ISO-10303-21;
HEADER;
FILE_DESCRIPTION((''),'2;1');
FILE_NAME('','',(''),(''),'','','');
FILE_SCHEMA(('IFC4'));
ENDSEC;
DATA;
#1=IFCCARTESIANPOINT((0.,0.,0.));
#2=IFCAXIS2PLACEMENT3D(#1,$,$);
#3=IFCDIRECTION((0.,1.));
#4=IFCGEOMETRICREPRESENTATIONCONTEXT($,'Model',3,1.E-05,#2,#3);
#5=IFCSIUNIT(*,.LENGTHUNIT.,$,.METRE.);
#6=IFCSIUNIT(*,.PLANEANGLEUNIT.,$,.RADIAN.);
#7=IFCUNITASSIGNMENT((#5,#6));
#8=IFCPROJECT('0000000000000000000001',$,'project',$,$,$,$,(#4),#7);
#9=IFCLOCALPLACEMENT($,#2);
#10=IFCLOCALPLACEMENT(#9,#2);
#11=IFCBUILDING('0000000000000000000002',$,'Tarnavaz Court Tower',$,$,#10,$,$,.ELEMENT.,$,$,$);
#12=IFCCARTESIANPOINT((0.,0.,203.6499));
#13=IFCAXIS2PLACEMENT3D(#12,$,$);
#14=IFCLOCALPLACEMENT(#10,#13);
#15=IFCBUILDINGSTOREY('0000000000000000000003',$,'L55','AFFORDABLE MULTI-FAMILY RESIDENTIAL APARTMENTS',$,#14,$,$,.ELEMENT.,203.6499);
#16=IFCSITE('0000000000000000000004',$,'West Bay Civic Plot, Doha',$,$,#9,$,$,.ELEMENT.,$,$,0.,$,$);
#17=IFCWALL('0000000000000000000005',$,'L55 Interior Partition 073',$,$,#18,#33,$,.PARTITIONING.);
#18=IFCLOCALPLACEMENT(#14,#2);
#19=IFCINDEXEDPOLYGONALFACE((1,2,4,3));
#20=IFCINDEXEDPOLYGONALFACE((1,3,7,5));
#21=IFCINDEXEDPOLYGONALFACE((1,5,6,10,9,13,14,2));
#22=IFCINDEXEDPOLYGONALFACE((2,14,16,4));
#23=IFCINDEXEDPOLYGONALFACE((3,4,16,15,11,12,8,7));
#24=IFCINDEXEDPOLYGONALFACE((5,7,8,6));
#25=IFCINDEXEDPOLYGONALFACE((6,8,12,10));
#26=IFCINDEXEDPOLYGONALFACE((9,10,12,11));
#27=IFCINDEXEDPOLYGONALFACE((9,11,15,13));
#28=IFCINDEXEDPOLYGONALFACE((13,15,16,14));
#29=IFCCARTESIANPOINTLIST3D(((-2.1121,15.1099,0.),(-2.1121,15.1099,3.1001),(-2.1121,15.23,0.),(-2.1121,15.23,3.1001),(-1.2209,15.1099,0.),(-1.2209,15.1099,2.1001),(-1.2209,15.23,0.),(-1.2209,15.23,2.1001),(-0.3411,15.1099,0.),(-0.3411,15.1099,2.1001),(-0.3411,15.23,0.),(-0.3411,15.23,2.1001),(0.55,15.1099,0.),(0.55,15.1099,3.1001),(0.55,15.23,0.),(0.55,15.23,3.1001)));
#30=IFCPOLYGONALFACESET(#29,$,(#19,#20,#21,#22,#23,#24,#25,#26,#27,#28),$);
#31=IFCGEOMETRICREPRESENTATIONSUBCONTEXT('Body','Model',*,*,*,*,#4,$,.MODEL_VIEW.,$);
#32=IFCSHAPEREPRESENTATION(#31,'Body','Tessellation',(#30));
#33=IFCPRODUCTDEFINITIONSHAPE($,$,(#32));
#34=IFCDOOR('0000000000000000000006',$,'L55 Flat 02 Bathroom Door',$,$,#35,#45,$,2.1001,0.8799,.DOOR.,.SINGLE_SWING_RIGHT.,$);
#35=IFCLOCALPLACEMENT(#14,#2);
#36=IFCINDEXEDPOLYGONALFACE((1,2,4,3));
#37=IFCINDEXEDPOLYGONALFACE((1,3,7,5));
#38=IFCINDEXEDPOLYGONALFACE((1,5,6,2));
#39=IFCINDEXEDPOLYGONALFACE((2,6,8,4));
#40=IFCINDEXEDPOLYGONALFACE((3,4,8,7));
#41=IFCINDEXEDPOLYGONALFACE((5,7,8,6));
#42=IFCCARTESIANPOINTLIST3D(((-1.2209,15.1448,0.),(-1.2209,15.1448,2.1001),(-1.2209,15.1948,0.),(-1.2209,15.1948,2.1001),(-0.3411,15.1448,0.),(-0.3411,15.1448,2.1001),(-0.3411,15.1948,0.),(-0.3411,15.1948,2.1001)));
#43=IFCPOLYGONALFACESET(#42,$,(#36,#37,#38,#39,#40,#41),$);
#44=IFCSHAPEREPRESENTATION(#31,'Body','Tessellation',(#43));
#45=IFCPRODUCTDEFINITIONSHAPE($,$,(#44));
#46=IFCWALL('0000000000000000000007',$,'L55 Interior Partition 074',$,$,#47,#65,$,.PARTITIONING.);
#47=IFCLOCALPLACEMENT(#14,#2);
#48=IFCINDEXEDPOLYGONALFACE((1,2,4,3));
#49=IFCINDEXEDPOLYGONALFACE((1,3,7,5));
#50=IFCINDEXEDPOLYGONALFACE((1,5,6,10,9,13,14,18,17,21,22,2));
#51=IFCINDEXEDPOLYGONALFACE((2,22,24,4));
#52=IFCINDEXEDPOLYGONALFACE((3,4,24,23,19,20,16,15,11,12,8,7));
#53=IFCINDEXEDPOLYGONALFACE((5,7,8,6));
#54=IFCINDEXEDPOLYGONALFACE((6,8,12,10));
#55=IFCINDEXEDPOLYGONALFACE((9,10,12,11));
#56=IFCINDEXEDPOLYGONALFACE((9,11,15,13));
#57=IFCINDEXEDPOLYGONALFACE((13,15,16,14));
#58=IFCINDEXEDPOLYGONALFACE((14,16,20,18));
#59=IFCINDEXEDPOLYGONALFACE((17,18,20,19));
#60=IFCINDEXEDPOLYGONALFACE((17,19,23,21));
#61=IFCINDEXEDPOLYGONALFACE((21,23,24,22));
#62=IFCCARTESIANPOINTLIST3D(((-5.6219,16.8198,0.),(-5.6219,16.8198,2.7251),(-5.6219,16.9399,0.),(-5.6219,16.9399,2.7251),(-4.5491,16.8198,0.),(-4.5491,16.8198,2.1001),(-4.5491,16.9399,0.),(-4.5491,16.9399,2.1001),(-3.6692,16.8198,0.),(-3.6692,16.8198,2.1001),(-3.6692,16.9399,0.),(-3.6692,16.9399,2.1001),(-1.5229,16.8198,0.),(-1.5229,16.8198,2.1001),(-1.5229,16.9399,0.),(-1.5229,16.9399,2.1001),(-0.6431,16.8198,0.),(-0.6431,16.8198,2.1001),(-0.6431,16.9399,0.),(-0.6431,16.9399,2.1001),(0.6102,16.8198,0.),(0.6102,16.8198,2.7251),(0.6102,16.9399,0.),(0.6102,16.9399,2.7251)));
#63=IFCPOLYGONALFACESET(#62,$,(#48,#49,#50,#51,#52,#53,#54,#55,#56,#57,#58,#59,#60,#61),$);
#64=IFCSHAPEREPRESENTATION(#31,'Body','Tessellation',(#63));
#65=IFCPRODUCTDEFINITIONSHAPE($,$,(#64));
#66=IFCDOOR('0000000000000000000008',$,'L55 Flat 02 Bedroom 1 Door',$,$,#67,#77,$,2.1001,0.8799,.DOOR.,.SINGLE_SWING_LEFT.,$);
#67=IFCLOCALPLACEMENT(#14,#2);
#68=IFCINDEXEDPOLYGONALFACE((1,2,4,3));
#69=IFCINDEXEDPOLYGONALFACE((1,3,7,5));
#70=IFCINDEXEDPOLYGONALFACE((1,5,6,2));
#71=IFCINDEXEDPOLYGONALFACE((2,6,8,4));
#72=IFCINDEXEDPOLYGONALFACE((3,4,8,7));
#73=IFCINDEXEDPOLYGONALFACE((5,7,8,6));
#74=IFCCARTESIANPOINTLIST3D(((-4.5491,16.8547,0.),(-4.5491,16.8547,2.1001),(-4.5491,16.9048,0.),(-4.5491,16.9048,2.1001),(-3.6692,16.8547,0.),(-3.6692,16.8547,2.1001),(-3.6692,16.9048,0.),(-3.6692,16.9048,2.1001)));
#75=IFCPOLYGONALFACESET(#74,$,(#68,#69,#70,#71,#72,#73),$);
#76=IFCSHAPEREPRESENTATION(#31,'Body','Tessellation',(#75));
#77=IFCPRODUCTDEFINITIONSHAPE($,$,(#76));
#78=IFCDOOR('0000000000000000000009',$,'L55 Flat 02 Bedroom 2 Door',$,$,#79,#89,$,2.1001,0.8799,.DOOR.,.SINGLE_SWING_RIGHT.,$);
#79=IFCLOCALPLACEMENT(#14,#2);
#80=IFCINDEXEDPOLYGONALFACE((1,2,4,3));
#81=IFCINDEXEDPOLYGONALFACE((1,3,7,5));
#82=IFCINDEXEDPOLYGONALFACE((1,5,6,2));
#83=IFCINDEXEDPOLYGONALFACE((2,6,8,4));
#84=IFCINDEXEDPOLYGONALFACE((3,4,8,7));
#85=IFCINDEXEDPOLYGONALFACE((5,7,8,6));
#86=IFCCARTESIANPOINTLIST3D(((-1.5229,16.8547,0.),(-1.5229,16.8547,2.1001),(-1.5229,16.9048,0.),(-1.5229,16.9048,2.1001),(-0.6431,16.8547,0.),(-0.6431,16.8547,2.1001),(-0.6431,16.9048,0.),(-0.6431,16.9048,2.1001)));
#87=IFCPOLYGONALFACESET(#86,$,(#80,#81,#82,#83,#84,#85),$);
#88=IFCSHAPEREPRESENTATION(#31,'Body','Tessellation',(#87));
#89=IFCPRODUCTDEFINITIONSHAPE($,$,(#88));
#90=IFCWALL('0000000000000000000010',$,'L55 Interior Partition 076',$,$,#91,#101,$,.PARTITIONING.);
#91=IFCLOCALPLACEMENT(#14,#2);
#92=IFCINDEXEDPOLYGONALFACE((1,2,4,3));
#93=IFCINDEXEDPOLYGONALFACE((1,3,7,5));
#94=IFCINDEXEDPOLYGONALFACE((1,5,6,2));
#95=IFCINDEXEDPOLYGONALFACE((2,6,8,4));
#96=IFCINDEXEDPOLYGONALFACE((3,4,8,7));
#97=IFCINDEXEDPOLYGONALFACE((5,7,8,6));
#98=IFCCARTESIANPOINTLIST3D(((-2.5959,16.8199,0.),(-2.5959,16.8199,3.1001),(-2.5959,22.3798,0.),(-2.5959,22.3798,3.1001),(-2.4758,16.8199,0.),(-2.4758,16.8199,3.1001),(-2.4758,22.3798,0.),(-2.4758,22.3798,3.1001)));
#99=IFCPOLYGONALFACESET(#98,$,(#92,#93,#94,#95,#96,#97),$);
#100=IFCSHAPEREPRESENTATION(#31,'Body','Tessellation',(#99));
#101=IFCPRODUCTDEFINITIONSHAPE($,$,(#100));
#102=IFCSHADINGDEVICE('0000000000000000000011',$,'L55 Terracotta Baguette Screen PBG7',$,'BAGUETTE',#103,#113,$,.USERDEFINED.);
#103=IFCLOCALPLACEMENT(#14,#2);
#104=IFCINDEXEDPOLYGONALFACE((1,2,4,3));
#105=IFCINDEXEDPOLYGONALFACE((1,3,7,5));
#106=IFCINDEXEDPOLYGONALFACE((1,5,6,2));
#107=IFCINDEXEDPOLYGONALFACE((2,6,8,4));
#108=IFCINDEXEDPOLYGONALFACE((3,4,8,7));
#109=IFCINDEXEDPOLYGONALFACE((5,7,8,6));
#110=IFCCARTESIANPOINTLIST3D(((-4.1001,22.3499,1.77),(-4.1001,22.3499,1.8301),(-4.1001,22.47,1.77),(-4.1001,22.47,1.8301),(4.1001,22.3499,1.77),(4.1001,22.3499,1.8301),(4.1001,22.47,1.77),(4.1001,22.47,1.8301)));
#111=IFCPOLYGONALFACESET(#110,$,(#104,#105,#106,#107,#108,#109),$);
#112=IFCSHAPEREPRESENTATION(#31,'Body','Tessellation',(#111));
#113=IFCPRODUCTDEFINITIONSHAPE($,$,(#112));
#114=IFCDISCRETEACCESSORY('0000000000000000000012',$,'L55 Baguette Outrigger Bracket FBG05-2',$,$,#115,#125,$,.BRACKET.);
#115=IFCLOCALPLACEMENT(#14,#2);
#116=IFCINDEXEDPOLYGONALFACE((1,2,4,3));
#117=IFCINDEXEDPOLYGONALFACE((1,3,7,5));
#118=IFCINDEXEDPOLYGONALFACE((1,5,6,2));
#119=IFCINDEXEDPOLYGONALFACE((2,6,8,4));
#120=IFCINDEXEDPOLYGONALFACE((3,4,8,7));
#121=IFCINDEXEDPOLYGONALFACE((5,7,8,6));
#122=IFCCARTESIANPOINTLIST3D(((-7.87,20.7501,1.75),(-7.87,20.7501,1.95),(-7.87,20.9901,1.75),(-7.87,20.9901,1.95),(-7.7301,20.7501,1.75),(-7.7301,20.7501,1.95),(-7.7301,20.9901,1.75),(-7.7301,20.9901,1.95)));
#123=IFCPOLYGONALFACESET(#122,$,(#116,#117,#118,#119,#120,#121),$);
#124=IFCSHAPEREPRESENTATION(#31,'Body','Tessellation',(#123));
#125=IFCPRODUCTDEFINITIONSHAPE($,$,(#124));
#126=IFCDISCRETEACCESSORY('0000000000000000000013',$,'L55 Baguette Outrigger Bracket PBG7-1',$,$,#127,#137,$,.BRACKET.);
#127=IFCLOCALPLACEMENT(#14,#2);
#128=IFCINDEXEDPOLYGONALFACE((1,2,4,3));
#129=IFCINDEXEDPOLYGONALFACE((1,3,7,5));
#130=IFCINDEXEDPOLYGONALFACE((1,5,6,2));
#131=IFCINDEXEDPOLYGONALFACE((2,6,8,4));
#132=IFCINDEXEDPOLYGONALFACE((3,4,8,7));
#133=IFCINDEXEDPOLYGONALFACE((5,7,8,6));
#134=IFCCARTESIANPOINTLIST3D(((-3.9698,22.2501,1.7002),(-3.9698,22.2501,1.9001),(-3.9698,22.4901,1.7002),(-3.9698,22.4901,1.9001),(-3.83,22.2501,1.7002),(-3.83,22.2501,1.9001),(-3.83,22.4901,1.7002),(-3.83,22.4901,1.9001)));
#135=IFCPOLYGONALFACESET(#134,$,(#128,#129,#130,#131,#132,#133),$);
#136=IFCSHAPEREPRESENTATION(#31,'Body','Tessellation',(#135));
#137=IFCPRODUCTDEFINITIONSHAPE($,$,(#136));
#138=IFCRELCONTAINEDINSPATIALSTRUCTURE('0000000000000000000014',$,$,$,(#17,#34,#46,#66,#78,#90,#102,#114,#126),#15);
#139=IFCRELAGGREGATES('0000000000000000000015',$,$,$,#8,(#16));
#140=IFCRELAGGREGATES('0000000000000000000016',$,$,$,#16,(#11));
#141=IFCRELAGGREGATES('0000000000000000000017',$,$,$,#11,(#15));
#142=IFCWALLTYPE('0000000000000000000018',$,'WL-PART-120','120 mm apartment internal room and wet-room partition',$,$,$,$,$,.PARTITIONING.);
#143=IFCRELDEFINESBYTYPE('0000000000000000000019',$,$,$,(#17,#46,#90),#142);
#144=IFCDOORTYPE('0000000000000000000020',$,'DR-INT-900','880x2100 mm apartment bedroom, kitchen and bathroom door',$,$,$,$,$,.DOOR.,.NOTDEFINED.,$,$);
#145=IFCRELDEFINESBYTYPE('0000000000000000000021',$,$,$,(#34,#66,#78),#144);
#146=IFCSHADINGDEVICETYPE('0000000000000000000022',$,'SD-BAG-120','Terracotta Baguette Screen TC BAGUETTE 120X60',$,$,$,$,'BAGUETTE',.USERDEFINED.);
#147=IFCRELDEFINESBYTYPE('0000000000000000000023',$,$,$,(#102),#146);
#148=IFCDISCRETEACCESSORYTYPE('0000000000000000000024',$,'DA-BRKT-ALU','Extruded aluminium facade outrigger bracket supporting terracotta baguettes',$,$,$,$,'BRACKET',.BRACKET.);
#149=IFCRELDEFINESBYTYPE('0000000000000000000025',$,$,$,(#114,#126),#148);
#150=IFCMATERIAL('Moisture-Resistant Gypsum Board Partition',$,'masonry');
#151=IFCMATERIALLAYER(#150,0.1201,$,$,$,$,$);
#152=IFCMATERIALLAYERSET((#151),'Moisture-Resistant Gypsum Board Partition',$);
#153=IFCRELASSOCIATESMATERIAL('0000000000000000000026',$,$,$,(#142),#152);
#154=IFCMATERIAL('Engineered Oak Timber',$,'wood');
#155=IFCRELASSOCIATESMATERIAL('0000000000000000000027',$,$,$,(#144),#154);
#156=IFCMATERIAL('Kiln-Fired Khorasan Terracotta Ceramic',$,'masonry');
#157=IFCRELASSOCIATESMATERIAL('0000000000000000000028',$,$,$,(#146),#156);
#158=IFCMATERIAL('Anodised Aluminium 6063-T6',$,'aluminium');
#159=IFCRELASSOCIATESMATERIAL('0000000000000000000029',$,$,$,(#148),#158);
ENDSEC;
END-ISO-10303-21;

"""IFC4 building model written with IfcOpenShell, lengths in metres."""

from ifc_helpers import new_model, si_unit, direction, frame, frame_2d, origin, origin_2d, place, context, subcontext, project, spatial, rectangle, extrude, material, layer, layer_set, material_profile, profile_set, type_object, element, fill, save


model = new_model("IFC4")

# Units and contexts
model_context = context("Model", 3, precision=1e-05, world=origin(), true_north=direction((0.0, 1.0)))
body_context = subcontext(model_context, "Body", "Model", "MODEL_VIEW")
ifc_project = project(units=[si_unit("LENGTHUNIT", "METRE"), si_unit("PLANEANGLEUNIT", "RADIAN")], contexts=[model_context])

# Site, building, storey
site_placement = place(None, origin())
site = spatial("IfcSite", under=ifc_project, at=site_placement, Name="West Bay Civic Plot, Doha", CompositionType="ELEMENT", RefElevation=0.0)
building_placement = place(site_placement, origin())
building = spatial("IfcBuilding", under=site, at=building_placement, Name="Tarnavaz Court Tower", CompositionType="ELEMENT")
storey_placement = place(building_placement, frame((0.0, 0.0, 203.6499)))
storey = spatial("IfcBuildingStorey", under=building, at=storey_placement, Name="L55", Description="AFFORDABLE MULTI-FAMILY RESIDENTIAL APARTMENTS", CompositionType="ELEMENT", Elevation=203.6499)

# Shared definitions
ifc_material_1 = material(Name="Anodised Aluminium 6063-T6", Category="aluminium")

# Wall, opening, door
ifc_material_2 = material(Name="Moisture-Resistant Gypsum Board Partition", Category="masonry")
ifc_layer_1 = layer(ifc_material_2, 0.1201)
ifc_layer_set_1 = layer_set([ifc_layer_1], Name="Moisture-Resistant Gypsum Board Partition")
wall_type_1 = type_object("IfcWallType", Name="WL-PART-120", Description="120 mm apartment internal room and wet-room partition", PredefinedType="PARTITIONING", material=ifc_layer_set_1)
ifc_material_3 = material(Name="Engineered Oak Timber", Category="wood")
door_type = type_object("IfcDoorType", Name="DR-INT-900", Description="880x2100 mm apartment bedroom, kitchen and bathroom door", OperationType="NOTDEFINED", PredefinedType="DOOR", material=ifc_material_3)
wall_1_placement = place(storey_placement, frame((-2.1121, 15.1699, 0.0), z_axis=(0.0, 0.0, 1.0), x_axis=(1.0, 0.0, 0.0)))
wall_1 = element("IfcWall", 1, at=wall_1_placement, inside=storey, type_object=wall_type_1, Name="L55 Interior Partition 073", PredefinedType="PARTITIONING", context=body_context, shape_type="SweptSolid", body=[
    extrude(rectangle(XDim=2.6621, YDim=0.1201, at=frame_2d((1.3311, 0.0))), origin(), (0.0, 0.0, 1.0), 3.1001),
])
opening_1_placement = place(wall_1_placement, frame((0.8911, 0.0, 0.0)))
opening_1 = element("IfcOpeningElement", 2, at=opening_1_placement, cuts=wall_1, PredefinedType="OPENING", context=body_context, shape_type="SweptSolid", body=[
    extrude(rectangle(XDim=0.8799, YDim=2.1001, at=frame_2d((0.4399, 1.05))), frame((0.0, 0.0701, 0.0), z_axis=(0.0, -1.0, 0.0), x_axis=(1.0, 0.0, 0.0)), (0.0, 0.0, 1.0), 0.1401),
])
door_1_placement = place(opening_1_placement, origin())
door_1 = element("IfcDoor", 3, at=door_1_placement, inside=storey, type_object=door_type, Name="L55 Flat 02 Bathroom Door", OperationType="SINGLE_SWING_RIGHT", OverallHeight=2.1001, OverallWidth=0.8799, PredefinedType="DOOR", context=body_context, shape_type="SweptSolid", body=[
    extrude(rectangle(XDim=0.8799, YDim=2.1001, at=frame_2d((0.4399, 1.05))), frame((0.0, 0.0249, 0.0), z_axis=(0.0, -1.0, 0.0), x_axis=(1.0, 0.0, 0.0)), (0.0, 0.0, 1.0), 0.05),
])
fill(opening_1, door_1)

# Wall, openings, doors
wall_2_placement = place(storey_placement, frame((-5.6221, 16.8799, 0.0), z_axis=(0.0, 0.0, 1.0), x_axis=(1.0, 0.0, 0.0)))
wall_2 = element("IfcWall", 4, at=wall_2_placement, inside=storey, type_object=wall_type_1, Name="L55 Interior Partition 074", PredefinedType="PARTITIONING", context=body_context, shape_type="SweptSolid", body=[
    extrude(rectangle(XDim=6.2322, YDim=0.1201, at=frame_2d((3.1162, 0.0))), origin(), (0.0, 0.0, 1.0), 2.7251),
])
opening_2_placement = place(wall_2_placement, frame((1.073, 0.0, 0.0)))
opening_2 = element("IfcOpeningElement", 5, at=opening_2_placement, cuts=wall_2, PredefinedType="OPENING", context=body_context, shape_type="SweptSolid", body=[
    extrude(rectangle(XDim=0.8799, YDim=2.1001, at=frame_2d((0.4399, 1.05))), frame((0.0, 0.0701, 0.0), z_axis=(0.0, -1.0, 0.0), x_axis=(1.0, 0.0, 0.0)), (0.0, 0.0, 1.0), 0.1401),
])
opening_3_placement = place(wall_2_placement, frame((4.0991, 0.0, 0.0)))
opening_3 = element("IfcOpeningElement", 6, at=opening_3_placement, cuts=wall_2, PredefinedType="OPENING", context=body_context, shape_type="SweptSolid", body=[
    extrude(rectangle(XDim=0.8799, YDim=2.1001, at=frame_2d((0.4399, 1.05))), frame((0.0, 0.0701, 0.0), z_axis=(0.0, -1.0, 0.0), x_axis=(1.0, 0.0, 0.0)), (0.0, 0.0, 1.0), 0.1401),
])
door_2_placement = place(opening_2_placement, origin())
door_2 = element("IfcDoor", 7, at=door_2_placement, inside=storey, type_object=door_type, Name="L55 Flat 02 Bedroom 1 Door", OperationType="SINGLE_SWING_LEFT", OverallHeight=2.1001, OverallWidth=0.8799, PredefinedType="DOOR", context=body_context, shape_type="SweptSolid", body=[
    extrude(rectangle(XDim=0.8799, YDim=2.1001, at=frame_2d((0.4399, 1.05))), frame((0.0, 0.0249, 0.0), z_axis=(0.0, -1.0, 0.0), x_axis=(1.0, 0.0, 0.0)), (0.0, 0.0, 1.0), 0.05),
])
fill(opening_2, door_2)
door_3_placement = place(opening_3_placement, origin())
door_3 = element("IfcDoor", 8, at=door_3_placement, inside=storey, type_object=door_type, Name="L55 Flat 02 Bedroom 2 Door", OperationType="SINGLE_SWING_RIGHT", OverallHeight=2.1001, OverallWidth=0.8799, PredefinedType="DOOR", context=body_context, shape_type="SweptSolid", body=[
    extrude(rectangle(XDim=0.8799, YDim=2.1001, at=frame_2d((0.4399, 1.05))), frame((0.0, 0.0249, 0.0), z_axis=(0.0, -1.0, 0.0), x_axis=(1.0, 0.0, 0.0)), (0.0, 0.0, 1.0), 0.05),
])
fill(opening_3, door_3)

# Wall
wall_3_placement = place(storey_placement, frame((-2.5359, 16.8201, 0.0), z_axis=(0.0, 0.0, 1.0), x_axis=(0.0, 1.0, 0.0)))
element("IfcWall", 9, at=wall_3_placement, inside=storey, type_object=wall_type_1, Name="L55 Interior Partition 076", PredefinedType="PARTITIONING", context=body_context, shape_type="SweptSolid", body=[
    extrude(rectangle(XDim=5.5598, YDim=0.1201, at=frame_2d((2.7798, 0.0))), origin(), (0.0, 0.0, 1.0), 3.1001),
])

# Shading device
ifc_material_4 = material(Name="Kiln-Fired Khorasan Terracotta Ceramic", Category="masonry")
ifc_material_profile_1 = material_profile(ifc_material_4, rectangle(XDim=0.1201, YDim=0.0601, at=origin_2d()), Name="TC BAGUETTE 120X60")
ifc_profile_set_1 = profile_set([ifc_material_profile_1], Name="Kiln-Fired Khorasan Terracotta Ceramic")
shading_device_type = type_object("IfcShadingDeviceType", Name="SD-BAG-120", Description="Terracotta Baguette Screen TC BAGUETTE 120X60", ElementType="BAGUETTE", PredefinedType="USERDEFINED", material=ifc_profile_set_1)
shading_device_placement = place(storey_placement, frame((-4.1001, 22.4099, 1.8), z_axis=(1.0, 0.0, 0.0), x_axis=(0.0, 1.0, 0.0)))
element("IfcShadingDevice", 10, at=shading_device_placement, inside=storey, type_object=shading_device_type, Name="L55 Terracotta Baguette Screen PBG7", ObjectType="BAGUETTE", PredefinedType="USERDEFINED", context=body_context, shape_type="SweptSolid", body=[
    extrude(rectangle(XDim=0.1201, YDim=0.0601, at=origin_2d()), origin(), (0.0, 0.0, 1.0), 8.2002),
])

# Discrete accessories
discrete_accessory_type = type_object("IfcDiscreteAccessoryType", Name="DA-BRKT-ALU", Description="Extruded aluminium facade outrigger bracket supporting terracotta baguettes", ElementType="BRACKET", PredefinedType="BRACKET", material=ifc_material_1)
for number, where, z_axis, x_axis, name in (
    (11, (-7.8, 20.8701, 1.75), (0.0, 0.0, 1.0), (1.0, 0.0, 0.0), "L55 Baguette Outrigger Bracket FBG05-2"),
    (12, (-3.8999, 22.3701, 1.7002), (0.0, 0.0, 1.0), (1.0, 0.0, 0.0), "L55 Baguette Outrigger Bracket PBG7-1"),
):
    element("IfcDiscreteAccessory", number, at=place(storey_placement, frame(where, z_axis=z_axis, x_axis=x_axis)), inside=storey, type_object=discrete_accessory_type, Name=name, PredefinedType="BRACKET", context=body_context, shape_type="SweptSolid", body=[
        extrude(rectangle(XDim=0.1399, YDim=0.24, at=origin_2d()), origin(), (0.0, 0.0, 1.0), 0.2),
    ])

save(model, "model.ifc")
